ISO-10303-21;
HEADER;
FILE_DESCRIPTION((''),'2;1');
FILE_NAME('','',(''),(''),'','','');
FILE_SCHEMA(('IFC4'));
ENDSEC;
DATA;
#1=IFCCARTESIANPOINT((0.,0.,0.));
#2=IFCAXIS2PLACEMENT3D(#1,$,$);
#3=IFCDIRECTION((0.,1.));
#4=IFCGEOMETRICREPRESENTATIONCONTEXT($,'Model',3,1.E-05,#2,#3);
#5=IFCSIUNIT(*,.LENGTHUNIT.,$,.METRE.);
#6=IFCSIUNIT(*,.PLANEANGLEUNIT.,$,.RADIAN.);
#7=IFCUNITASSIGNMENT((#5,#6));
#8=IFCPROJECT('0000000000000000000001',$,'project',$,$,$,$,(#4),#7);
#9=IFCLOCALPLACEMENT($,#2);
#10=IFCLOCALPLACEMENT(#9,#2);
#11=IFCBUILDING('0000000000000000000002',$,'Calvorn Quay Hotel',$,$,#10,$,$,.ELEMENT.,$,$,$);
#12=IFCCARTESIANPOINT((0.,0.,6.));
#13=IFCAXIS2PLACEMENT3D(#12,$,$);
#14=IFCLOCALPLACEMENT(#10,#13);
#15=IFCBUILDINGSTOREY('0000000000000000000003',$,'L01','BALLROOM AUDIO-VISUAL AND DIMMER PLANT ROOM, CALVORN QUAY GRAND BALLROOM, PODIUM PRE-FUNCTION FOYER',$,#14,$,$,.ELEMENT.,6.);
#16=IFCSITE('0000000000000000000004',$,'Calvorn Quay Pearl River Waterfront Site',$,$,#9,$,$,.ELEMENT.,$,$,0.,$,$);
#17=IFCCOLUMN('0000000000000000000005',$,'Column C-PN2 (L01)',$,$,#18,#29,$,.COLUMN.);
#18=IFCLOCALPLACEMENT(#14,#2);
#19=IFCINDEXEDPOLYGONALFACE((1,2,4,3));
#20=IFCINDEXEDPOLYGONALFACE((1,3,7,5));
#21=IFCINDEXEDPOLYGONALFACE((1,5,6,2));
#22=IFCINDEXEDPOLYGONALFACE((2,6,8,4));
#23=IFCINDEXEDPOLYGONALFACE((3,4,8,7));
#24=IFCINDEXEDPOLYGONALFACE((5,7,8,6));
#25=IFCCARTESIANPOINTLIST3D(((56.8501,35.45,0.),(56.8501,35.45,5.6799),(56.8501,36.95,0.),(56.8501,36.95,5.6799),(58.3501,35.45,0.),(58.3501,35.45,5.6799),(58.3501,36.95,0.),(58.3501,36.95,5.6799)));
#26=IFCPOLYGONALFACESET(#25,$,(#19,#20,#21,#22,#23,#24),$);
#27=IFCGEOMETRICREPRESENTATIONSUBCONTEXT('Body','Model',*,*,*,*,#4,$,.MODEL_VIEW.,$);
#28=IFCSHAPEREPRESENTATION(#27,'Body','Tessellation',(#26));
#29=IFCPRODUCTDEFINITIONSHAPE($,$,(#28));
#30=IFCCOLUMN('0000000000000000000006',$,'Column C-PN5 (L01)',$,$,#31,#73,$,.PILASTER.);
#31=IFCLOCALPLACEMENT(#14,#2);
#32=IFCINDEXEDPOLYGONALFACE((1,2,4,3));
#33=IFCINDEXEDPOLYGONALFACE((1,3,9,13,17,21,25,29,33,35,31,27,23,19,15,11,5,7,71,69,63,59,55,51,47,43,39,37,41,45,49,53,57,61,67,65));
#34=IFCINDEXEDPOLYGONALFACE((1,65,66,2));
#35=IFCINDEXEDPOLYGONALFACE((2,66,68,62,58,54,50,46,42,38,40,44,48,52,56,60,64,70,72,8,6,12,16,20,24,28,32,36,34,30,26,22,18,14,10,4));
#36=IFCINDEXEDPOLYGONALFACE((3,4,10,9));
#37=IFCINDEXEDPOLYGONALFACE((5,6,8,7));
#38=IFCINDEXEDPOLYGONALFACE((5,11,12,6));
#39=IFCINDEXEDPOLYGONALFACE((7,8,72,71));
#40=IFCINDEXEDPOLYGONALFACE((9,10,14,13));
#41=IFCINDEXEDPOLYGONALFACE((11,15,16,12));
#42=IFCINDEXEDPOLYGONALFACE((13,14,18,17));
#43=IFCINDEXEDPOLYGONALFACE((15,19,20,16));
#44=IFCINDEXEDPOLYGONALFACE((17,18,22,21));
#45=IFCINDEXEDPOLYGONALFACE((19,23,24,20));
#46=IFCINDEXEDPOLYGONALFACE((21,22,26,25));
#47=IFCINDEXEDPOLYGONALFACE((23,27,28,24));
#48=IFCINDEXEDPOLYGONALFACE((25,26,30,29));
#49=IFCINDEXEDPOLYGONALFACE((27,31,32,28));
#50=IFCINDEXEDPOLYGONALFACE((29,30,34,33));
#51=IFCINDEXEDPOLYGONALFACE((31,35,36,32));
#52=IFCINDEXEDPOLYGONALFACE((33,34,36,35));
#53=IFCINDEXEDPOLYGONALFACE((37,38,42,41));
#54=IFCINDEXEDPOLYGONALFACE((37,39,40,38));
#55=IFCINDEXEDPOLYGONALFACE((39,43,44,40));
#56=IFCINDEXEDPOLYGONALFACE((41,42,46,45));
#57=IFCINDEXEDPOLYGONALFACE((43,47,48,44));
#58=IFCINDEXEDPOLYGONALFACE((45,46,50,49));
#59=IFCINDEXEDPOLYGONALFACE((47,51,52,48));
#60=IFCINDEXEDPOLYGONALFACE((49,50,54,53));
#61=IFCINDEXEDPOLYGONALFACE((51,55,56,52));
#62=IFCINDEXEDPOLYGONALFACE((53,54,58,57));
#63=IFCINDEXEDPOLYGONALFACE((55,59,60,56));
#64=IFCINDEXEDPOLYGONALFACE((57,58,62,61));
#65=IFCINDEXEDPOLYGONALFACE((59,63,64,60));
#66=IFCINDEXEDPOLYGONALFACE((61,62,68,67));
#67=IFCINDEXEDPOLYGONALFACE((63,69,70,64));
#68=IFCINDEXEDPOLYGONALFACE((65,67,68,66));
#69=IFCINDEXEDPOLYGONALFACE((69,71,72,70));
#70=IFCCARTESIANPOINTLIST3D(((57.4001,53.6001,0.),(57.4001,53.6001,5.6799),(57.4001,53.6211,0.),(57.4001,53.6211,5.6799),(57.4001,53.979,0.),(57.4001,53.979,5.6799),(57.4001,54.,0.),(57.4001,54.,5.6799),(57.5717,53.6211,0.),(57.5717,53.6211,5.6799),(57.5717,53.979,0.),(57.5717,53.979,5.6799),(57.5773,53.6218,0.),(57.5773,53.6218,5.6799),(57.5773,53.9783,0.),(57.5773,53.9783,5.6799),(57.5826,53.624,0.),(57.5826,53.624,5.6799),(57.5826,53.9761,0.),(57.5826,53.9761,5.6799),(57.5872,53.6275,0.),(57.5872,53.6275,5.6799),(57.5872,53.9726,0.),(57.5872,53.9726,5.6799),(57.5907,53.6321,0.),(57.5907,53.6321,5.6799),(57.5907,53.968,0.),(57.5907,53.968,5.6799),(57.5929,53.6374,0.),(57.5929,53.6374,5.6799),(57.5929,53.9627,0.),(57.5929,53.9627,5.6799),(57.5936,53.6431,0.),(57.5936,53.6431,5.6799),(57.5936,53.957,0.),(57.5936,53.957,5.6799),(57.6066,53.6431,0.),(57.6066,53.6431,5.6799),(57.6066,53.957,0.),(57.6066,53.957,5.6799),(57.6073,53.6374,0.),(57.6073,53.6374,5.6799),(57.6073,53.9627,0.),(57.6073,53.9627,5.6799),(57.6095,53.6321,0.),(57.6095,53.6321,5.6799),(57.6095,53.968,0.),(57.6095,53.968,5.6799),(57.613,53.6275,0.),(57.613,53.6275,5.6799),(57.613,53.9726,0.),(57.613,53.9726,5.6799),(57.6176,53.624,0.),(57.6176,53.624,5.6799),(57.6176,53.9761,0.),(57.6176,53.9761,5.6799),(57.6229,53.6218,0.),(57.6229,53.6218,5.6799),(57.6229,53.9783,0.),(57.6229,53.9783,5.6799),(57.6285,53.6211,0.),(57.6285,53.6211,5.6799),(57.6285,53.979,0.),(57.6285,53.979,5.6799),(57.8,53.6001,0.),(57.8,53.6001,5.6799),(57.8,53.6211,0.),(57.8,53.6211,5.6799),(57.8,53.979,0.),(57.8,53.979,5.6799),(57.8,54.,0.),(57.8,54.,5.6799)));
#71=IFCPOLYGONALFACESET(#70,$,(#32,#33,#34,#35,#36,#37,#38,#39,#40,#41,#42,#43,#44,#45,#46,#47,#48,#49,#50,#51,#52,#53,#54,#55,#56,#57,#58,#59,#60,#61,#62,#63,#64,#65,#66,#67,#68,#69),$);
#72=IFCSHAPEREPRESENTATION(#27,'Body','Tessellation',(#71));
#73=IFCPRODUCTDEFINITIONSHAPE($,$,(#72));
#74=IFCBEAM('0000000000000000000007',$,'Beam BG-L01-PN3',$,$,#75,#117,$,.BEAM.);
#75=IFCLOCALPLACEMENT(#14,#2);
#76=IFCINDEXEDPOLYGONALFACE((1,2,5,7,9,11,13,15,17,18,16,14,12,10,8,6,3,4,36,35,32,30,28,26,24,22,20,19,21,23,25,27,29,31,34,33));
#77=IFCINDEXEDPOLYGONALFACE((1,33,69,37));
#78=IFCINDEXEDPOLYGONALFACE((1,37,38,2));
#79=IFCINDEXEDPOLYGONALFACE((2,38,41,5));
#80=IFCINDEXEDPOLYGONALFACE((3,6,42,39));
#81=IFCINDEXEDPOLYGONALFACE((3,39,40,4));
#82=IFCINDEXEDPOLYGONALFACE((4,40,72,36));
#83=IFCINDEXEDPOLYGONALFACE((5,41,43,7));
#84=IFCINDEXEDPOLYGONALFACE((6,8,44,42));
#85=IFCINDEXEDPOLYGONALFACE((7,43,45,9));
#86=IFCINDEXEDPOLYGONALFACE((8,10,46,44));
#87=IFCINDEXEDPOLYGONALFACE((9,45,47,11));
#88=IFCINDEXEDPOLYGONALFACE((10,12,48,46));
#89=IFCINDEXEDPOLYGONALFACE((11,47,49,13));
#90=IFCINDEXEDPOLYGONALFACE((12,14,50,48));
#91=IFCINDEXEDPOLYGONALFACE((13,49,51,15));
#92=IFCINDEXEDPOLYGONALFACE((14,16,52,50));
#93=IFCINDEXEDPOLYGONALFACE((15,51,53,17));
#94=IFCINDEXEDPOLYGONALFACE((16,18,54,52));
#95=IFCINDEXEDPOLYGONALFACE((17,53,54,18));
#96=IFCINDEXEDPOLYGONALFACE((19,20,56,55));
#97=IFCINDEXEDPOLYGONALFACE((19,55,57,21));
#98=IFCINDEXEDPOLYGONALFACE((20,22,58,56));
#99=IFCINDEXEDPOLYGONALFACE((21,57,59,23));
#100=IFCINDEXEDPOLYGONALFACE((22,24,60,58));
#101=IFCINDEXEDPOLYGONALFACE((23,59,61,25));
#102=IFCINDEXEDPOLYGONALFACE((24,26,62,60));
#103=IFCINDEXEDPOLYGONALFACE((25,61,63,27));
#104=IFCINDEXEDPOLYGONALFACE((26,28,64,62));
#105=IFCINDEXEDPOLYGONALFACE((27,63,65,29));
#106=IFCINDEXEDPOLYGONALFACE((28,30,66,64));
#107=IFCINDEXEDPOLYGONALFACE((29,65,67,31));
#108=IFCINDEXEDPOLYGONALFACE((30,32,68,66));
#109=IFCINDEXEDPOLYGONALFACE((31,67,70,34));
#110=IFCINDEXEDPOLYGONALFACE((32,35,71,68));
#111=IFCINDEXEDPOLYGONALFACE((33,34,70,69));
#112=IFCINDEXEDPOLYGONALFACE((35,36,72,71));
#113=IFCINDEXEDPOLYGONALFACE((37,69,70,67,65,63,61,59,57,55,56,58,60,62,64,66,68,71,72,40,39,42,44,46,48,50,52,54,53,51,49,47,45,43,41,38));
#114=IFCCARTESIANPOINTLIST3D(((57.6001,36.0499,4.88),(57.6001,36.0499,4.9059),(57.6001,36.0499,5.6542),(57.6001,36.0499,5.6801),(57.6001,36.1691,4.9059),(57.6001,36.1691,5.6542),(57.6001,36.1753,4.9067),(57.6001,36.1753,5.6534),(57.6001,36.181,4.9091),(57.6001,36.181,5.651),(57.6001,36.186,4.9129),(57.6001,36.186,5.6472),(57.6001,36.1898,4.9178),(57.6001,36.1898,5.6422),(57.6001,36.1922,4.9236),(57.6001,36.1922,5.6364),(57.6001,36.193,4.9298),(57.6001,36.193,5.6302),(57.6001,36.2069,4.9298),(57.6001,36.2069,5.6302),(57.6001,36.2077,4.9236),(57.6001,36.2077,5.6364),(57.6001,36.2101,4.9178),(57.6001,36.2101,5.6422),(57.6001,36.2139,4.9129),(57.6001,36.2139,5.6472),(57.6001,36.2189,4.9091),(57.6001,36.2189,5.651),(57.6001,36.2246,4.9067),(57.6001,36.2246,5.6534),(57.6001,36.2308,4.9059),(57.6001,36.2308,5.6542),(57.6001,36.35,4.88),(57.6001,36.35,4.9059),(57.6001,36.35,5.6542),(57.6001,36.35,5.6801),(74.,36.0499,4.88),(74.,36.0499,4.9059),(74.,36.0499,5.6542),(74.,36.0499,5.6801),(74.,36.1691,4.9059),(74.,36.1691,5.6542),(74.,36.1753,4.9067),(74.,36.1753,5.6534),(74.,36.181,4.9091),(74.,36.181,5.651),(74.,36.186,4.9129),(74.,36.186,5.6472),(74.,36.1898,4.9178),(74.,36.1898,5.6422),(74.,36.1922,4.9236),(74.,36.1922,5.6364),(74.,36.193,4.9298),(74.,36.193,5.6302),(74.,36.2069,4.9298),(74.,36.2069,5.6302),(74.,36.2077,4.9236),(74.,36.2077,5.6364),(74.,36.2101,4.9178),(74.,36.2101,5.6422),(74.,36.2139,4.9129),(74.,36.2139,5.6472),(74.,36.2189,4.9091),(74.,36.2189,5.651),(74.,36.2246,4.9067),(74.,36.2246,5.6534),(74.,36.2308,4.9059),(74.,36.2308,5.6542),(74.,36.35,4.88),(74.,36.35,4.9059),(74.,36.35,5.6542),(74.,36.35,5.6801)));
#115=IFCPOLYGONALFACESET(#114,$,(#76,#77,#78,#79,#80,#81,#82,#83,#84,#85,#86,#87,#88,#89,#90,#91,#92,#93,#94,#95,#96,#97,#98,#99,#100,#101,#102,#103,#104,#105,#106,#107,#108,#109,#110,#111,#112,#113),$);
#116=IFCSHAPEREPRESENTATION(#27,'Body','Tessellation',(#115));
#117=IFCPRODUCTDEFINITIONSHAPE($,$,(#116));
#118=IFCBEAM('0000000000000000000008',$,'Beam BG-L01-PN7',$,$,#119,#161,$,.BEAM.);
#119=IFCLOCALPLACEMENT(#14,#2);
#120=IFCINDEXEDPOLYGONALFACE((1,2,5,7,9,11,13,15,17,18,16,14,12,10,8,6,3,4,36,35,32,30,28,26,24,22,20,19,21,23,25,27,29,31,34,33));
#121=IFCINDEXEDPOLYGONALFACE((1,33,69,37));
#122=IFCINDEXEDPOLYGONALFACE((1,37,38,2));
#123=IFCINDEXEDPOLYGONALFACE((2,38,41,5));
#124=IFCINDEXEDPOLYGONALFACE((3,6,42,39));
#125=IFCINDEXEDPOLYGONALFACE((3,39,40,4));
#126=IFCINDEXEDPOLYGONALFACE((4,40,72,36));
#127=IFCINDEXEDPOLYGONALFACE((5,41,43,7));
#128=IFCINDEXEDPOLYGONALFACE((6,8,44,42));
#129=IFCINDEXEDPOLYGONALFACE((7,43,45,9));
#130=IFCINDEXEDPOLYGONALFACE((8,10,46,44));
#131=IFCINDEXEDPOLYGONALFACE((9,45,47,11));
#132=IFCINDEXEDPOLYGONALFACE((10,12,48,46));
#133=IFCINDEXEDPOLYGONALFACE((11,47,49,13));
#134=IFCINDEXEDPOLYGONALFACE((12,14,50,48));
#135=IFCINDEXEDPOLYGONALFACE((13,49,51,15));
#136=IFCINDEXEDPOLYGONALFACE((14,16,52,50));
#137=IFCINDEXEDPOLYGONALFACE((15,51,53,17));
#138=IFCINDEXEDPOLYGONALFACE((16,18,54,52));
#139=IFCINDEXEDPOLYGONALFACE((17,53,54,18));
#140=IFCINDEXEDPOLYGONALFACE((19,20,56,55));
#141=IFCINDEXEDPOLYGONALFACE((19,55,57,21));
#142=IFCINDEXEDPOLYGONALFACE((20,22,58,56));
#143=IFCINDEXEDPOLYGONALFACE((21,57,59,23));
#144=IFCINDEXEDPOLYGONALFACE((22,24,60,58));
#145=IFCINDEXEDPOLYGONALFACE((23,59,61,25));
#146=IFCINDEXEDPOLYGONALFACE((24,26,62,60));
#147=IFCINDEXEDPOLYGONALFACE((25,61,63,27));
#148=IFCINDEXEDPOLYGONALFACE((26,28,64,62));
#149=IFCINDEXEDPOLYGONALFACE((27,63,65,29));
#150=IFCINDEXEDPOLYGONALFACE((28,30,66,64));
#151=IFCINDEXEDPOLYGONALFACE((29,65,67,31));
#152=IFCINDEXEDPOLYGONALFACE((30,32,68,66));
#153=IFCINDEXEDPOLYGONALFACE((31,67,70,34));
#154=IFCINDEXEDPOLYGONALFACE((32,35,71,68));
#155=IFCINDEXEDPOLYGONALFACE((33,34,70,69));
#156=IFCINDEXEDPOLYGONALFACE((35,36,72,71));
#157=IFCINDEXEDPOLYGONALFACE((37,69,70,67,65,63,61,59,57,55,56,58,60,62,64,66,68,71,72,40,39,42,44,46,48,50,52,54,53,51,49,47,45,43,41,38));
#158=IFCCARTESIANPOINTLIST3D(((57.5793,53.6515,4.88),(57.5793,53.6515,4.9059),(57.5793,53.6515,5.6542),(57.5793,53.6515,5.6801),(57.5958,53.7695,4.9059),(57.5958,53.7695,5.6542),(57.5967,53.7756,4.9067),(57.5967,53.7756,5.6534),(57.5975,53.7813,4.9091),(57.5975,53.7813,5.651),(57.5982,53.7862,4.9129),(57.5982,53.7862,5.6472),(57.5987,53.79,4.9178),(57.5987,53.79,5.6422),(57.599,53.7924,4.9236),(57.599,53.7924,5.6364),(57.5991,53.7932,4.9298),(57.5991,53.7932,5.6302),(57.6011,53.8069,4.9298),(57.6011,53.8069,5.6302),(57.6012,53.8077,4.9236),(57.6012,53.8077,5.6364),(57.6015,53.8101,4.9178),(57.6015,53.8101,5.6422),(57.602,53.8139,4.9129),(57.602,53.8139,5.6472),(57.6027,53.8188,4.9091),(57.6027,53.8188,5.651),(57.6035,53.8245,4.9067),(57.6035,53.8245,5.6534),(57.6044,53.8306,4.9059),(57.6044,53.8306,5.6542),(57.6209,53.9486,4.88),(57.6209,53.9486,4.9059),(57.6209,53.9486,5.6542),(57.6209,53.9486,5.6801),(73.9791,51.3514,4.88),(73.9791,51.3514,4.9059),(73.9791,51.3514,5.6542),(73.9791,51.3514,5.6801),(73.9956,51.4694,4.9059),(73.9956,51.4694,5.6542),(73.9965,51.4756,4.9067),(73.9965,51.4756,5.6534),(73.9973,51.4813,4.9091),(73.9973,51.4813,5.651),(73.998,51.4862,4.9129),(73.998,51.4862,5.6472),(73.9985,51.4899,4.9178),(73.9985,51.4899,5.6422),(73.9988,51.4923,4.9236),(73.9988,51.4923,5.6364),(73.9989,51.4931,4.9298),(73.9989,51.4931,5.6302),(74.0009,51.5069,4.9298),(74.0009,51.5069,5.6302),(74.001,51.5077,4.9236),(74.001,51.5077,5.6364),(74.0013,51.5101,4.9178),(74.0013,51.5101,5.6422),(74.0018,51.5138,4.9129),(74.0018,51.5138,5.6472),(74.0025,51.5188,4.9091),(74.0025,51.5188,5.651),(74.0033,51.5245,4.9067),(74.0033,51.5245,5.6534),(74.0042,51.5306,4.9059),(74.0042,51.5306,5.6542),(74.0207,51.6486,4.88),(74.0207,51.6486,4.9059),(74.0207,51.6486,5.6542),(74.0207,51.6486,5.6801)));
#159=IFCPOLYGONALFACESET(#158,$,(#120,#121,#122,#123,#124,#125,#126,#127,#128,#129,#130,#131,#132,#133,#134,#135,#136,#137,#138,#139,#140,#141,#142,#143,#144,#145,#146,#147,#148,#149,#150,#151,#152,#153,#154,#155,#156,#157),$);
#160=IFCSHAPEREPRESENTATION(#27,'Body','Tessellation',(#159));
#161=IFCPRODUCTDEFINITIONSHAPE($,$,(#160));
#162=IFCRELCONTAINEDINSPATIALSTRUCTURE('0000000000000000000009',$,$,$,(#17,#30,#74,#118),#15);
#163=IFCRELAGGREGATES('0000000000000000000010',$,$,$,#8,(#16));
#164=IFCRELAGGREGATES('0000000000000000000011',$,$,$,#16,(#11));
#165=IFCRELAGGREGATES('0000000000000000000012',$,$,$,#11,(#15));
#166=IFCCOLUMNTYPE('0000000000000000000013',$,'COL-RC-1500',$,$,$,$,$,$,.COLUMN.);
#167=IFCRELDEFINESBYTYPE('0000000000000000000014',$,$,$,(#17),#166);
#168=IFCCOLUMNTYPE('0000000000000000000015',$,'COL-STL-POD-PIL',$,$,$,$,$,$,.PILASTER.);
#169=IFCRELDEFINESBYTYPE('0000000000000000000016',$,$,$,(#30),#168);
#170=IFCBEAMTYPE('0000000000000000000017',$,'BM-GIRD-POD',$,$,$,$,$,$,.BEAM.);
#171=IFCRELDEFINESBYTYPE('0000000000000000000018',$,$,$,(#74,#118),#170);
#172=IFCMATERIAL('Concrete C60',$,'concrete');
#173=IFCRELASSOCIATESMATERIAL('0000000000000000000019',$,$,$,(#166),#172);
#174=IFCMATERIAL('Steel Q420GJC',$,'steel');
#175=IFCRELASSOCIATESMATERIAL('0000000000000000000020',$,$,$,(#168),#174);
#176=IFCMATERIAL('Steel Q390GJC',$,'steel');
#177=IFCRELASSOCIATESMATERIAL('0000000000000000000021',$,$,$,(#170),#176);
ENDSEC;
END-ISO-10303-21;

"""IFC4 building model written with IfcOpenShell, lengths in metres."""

from ifc_helpers import new_model, si_unit, direction, frame, origin, origin_2d, place, context, subcontext, project, spatial, rectangle, i_section, extrude, material, material_profile, profile_set, type_object, element, save


model = new_model("IFC4")

# Units and contexts
model_context = context("Model", 3, precision=1e-05, world=origin(), true_north=direction((0.0, 1.0)))
body_context = subcontext(model_context, "Body", "Model", "MODEL_VIEW")
ifc_project = project(units=[si_unit("LENGTHUNIT", "METRE"), si_unit("PLANEANGLEUNIT", "RADIAN")], contexts=[model_context])

# Site, building, storey
site_placement = place(None, origin())
site = spatial("IfcSite", under=ifc_project, at=site_placement, Name="Calvorn Quay Pearl River Waterfront Site", CompositionType="ELEMENT", RefElevation=0.0)
building_placement = place(site_placement, origin())
building = spatial("IfcBuilding", under=site, at=building_placement, Name="Calvorn Quay Hotel", CompositionType="ELEMENT")
storey_placement = place(building_placement, frame((0.0, 0.0, 6.0)))
storey = spatial("IfcBuildingStorey", under=building, at=storey_placement, Name="L01", Description="BALLROOM AUDIO-VISUAL AND DIMMER PLANT ROOM, CALVORN QUAY GRAND BALLROOM, PODIUM PRE-FUNCTION FOYER", CompositionType="ELEMENT", Elevation=6.0)

# Columns
ifc_material_1 = material(Name="Concrete C60", Category="concrete")
ifc_material_profile_1 = material_profile(ifc_material_1, rectangle(XDim=1.5, YDim=1.5, at=origin_2d()), Name="RC1500x1500")
ifc_profile_set_1 = profile_set([ifc_material_profile_1], Name="Concrete C60")
column_type_1 = type_object("IfcColumnType", Name="COL-RC-1500", PredefinedType="COLUMN", material=ifc_profile_set_1)
column_1_placement = place(storey_placement, frame((57.6001, 36.2, 0.0), z_axis=(0.0, 0.0, 1.0), x_axis=(1.0, 0.0, 0.0)))
element("IfcColumn", 1, at=column_1_placement, inside=storey, type_object=column_type_1, Name="Column C-PN2 (L01)", PredefinedType="COLUMN", context=body_context, shape_type="SweptSolid", body=[
    extrude(rectangle(XDim=1.5, YDim=1.5, at=origin_2d()), origin(), (0.0, 0.0, 1.0), 5.6799),
])
ifc_material_2 = material(Name="Steel Q420GJC", Category="steel")
ifc_material_profile_2 = material_profile(ifc_material_2, i_section(OverallWidth=0.3999, OverallDepth=0.3999, WebThickness=0.0129, FlangeThickness=0.021, FilletRadius=0.022, at=origin_2d()), Name="HW400x400x13x21")
ifc_profile_set_2 = profile_set([ifc_material_profile_2], Name="Steel Q420GJC")
column_type_2 = type_object("IfcColumnType", Name="COL-STL-POD-PIL", PredefinedType="PILASTER", material=ifc_profile_set_2)
column_2_placement = place(storey_placement, frame((57.6001, 53.8, 0.0), z_axis=(0.0, 0.0, 1.0), x_axis=(1.0, 0.0, 0.0)))
element("IfcColumn", 2, at=column_2_placement, inside=storey, type_object=column_type_2, Name="Column C-PN5 (L01)", PredefinedType="PILASTER", context=body_context, shape_type="SweptSolid", body=[
    extrude(i_section(OverallWidth=0.3999, OverallDepth=0.3999, WebThickness=0.0129, FlangeThickness=0.021, FilletRadius=0.022, at=origin_2d()), origin(), (0.0, 0.0, 1.0), 5.6799),
])

# Beams
ifc_material_3 = material(Name="Steel Q390GJC", Category="steel")
ifc_material_profile_3 = material_profile(ifc_material_3, i_section(OverallWidth=0.3, OverallDepth=0.8, WebThickness=0.0139, FlangeThickness=0.0259, FilletRadius=0.0239, at=origin_2d()), Name="HN800x300x14x26")
ifc_profile_set_3 = profile_set([ifc_material_profile_3], Name="Steel Q390GJC")
beam_type = type_object("IfcBeamType", Name="BM-GIRD-POD", PredefinedType="BEAM", material=ifc_profile_set_3)
beam_1_placement = place(storey_placement, frame((57.6001, 36.2, 5.28), z_axis=(1.0, 0.0, 0.0), x_axis=(0.0, 1.0, 0.0)))
element("IfcBeam", 3, at=beam_1_placement, inside=storey, type_object=beam_type, Name="Beam BG-L01-PN3", PredefinedType="BEAM", context=body_context, shape_type="SweptSolid", body=[
    extrude(i_section(OverallWidth=0.3, OverallDepth=0.8, WebThickness=0.0139, FlangeThickness=0.0259, FilletRadius=0.0239, at=origin_2d()), origin(), (0.0, 0.0, 1.0), 16.3999),
])
beam_2_placement = place(storey_placement, frame((57.6001, 53.8, 5.28), z_axis=(0.990308, -0.138888, 0.0), x_axis=(0.138888, 0.990308, 0.0)))
element("IfcBeam", 4, at=beam_2_placement, inside=storey, type_object=beam_type, Name="Beam BG-L01-PN7", PredefinedType="BEAM", context=body_context, shape_type="SweptSolid", body=[
    extrude(i_section(OverallWidth=0.3, OverallDepth=0.8, WebThickness=0.0139, FlangeThickness=0.0259, FilletRadius=0.0239, at=origin_2d()), origin(), (0.0, 0.0, 1.0), 16.5603),
])

save(model, "model.ifc")
